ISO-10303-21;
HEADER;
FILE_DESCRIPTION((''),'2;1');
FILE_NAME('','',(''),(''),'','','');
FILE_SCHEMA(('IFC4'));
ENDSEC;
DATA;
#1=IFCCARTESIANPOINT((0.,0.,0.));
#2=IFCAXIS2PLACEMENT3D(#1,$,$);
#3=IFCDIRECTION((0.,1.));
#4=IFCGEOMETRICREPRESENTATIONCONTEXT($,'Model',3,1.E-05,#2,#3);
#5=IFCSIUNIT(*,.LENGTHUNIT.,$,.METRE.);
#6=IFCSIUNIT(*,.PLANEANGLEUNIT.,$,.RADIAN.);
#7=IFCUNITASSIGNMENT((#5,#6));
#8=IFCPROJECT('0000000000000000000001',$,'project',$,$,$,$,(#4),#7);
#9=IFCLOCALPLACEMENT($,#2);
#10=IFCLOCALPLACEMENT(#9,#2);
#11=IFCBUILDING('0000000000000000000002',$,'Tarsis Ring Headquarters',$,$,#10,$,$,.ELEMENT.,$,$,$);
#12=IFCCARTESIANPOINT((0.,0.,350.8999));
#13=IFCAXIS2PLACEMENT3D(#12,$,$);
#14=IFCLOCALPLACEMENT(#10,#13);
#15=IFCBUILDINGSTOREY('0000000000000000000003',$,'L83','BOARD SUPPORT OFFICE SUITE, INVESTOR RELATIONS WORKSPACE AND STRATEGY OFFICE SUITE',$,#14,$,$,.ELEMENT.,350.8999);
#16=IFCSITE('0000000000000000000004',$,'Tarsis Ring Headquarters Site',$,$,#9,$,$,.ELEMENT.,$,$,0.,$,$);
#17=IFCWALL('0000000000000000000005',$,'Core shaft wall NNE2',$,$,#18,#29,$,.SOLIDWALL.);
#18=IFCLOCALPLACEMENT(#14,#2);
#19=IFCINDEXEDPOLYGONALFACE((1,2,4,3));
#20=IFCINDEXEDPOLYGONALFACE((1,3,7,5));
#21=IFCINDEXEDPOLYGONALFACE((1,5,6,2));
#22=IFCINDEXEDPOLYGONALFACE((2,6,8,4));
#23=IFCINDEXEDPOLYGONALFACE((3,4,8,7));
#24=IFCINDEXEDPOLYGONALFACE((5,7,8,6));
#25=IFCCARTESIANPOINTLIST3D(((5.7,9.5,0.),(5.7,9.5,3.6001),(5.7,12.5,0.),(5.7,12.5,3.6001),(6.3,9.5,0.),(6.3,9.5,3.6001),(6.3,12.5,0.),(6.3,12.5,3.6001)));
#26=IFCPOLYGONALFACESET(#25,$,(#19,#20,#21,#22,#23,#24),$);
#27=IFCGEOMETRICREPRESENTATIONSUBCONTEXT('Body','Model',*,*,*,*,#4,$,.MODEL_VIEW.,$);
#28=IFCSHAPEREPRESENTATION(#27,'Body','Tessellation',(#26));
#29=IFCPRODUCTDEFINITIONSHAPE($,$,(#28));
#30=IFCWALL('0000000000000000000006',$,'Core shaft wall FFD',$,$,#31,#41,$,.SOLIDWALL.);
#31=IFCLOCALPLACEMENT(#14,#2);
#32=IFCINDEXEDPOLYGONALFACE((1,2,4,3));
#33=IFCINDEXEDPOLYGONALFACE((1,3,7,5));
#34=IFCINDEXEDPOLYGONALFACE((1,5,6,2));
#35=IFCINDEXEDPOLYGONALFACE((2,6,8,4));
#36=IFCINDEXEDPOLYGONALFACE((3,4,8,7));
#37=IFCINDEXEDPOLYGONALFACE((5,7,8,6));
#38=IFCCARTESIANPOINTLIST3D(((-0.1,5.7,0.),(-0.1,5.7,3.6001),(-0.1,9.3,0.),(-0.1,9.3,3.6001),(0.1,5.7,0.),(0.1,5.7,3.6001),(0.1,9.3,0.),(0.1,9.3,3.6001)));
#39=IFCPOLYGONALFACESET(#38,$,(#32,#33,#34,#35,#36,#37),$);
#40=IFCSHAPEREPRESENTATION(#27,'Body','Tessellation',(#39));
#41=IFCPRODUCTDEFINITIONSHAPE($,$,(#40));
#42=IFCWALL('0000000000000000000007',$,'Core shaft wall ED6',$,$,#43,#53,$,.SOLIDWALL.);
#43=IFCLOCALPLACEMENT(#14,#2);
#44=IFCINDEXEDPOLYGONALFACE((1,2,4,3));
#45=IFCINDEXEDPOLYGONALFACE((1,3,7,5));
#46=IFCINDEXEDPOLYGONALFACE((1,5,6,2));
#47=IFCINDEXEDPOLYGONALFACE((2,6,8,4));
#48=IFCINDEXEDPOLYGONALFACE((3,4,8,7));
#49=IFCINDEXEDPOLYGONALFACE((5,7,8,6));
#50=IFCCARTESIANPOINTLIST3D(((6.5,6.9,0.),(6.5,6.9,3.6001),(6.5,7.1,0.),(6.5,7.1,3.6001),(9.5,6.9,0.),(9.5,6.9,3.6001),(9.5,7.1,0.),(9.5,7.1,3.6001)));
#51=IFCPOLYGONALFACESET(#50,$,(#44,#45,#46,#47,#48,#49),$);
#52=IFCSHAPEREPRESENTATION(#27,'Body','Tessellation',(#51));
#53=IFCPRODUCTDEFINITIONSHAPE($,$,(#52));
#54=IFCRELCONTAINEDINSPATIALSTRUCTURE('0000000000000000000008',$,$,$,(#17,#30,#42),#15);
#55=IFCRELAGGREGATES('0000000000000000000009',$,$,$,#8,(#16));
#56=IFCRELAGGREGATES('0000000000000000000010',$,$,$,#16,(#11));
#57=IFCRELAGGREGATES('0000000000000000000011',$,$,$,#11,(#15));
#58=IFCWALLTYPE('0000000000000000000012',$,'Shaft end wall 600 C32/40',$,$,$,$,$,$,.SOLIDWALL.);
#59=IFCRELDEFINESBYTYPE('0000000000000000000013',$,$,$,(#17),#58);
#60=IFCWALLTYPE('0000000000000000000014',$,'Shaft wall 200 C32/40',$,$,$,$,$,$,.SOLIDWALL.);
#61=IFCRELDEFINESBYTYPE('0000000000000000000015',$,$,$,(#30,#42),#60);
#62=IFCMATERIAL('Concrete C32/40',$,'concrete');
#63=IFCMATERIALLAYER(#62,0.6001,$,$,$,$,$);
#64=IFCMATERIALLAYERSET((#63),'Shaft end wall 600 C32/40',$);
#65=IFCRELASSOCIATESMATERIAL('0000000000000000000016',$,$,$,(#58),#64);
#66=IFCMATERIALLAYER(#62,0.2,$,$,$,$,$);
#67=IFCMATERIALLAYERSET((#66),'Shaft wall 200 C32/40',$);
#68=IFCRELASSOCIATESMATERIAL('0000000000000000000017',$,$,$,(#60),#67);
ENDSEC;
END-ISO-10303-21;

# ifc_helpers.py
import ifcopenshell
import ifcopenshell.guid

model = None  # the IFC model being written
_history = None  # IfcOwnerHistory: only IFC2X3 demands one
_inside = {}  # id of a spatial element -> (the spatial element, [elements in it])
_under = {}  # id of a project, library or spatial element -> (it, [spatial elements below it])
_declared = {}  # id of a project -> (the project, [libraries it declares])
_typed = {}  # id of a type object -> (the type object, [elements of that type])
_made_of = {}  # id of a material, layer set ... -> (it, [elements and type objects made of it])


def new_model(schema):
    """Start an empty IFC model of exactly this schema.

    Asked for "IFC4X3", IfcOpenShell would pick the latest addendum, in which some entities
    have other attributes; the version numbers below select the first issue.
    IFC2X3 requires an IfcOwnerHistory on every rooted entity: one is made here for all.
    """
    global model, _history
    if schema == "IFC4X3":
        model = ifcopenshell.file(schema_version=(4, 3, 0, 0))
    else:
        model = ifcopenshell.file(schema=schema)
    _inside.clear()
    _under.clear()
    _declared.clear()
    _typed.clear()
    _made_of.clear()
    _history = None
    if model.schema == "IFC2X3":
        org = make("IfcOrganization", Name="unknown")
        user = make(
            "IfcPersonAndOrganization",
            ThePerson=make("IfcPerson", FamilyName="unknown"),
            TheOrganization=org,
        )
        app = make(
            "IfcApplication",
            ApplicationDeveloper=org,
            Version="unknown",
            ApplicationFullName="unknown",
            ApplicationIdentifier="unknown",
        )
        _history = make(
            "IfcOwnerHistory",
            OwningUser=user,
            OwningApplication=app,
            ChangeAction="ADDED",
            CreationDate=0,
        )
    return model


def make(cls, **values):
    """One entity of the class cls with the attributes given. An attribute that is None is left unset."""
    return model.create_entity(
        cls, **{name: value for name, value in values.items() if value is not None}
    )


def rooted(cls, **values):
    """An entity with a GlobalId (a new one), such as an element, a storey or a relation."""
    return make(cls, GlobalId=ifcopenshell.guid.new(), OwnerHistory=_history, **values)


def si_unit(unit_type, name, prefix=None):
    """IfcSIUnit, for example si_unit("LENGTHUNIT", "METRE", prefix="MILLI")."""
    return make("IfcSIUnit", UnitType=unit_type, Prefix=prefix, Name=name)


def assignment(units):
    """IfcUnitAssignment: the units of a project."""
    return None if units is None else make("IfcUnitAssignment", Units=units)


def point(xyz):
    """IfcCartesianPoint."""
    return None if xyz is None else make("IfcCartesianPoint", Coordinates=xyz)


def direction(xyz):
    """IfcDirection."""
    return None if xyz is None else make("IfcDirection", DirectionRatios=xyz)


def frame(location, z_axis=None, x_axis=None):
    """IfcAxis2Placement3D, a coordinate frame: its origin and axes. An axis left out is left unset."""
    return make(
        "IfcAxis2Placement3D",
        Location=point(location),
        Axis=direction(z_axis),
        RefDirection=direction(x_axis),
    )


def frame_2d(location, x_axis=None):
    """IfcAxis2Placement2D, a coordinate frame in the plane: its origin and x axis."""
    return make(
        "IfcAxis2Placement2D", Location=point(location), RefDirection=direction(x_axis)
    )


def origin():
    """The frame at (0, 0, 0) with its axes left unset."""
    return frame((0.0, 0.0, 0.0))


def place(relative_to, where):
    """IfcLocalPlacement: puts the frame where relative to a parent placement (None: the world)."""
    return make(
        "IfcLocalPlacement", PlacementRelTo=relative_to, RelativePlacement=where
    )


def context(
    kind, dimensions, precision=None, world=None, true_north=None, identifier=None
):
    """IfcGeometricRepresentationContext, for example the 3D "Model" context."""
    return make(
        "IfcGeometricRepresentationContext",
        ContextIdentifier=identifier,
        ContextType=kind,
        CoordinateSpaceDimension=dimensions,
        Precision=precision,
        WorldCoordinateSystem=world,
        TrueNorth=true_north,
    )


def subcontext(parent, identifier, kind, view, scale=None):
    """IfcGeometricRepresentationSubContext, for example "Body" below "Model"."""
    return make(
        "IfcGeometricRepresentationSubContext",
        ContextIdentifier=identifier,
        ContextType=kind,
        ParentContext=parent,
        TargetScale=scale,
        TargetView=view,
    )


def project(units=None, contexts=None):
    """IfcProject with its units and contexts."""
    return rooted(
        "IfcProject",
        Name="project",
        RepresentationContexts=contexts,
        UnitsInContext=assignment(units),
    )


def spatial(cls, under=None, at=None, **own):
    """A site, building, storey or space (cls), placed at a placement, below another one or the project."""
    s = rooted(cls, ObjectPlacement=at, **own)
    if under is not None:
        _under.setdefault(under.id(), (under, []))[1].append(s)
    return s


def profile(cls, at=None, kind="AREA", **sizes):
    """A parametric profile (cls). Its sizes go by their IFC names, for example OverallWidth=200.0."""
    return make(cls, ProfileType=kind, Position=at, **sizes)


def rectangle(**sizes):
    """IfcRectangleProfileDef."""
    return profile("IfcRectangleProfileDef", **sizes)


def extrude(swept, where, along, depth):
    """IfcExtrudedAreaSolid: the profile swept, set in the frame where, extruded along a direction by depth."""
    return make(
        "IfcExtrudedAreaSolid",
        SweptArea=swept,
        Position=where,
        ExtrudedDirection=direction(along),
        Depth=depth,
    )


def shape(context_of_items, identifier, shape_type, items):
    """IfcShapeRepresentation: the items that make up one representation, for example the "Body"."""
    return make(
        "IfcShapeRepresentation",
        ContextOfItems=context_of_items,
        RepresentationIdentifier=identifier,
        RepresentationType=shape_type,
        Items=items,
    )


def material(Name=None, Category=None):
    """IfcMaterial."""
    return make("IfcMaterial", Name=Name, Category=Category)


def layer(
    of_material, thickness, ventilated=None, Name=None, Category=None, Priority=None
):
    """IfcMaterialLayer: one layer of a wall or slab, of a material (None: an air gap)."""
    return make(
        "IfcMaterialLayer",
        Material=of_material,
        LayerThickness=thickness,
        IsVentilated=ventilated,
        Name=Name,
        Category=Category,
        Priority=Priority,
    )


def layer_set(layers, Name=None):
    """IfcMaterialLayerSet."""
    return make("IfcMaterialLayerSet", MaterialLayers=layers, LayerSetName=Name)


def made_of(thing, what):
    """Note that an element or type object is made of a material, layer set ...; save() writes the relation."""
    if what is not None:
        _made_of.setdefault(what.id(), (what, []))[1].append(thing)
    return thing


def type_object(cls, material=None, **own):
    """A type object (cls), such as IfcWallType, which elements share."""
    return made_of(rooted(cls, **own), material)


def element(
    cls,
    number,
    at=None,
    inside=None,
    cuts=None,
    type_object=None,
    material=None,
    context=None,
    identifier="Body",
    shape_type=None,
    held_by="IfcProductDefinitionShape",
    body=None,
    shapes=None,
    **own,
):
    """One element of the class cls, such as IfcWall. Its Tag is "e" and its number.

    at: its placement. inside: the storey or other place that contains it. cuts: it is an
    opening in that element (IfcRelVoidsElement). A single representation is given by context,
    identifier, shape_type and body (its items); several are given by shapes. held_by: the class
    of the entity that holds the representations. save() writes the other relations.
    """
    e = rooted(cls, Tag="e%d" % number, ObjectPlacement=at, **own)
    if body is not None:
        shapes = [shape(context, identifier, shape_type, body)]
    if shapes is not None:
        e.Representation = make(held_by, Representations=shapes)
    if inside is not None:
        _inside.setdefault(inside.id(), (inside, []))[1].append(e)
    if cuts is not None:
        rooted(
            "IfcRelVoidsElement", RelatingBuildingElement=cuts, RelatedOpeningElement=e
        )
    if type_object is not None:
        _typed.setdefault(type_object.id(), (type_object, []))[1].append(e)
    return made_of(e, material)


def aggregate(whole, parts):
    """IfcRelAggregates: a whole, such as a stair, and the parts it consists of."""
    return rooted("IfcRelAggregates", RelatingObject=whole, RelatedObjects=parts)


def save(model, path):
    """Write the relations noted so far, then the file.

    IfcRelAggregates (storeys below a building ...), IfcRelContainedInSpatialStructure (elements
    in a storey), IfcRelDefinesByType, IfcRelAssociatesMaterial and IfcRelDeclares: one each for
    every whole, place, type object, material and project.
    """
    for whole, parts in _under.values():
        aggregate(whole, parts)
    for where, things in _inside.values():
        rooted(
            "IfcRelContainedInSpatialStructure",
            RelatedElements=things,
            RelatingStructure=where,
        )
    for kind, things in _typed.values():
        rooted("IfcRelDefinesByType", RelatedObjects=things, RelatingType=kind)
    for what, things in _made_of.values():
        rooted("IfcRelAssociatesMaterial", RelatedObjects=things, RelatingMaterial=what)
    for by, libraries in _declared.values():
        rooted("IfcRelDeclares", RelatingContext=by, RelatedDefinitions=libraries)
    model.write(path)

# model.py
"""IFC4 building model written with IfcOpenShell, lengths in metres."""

from ifc_helpers import new_model, si_unit, direction, frame, frame_2d, origin, place, context, subcontext, project, spatial, rectangle, extrude, material, layer, layer_set, type_object, element, save


model = new_model("IFC4")

# Units and contexts
model_context = context("Model", 3, precision=1e-05, world=origin(), true_north=direction((0.0, 1.0)))
body_context = subcontext(model_context, "Body", "Model", "MODEL_VIEW")
ifc_project = project(units=[si_unit("LENGTHUNIT", "METRE"), si_unit("PLANEANGLEUNIT", "RADIAN")], contexts=[model_context])

# Site, building, storey
site_placement = place(None, origin())
site = spatial("IfcSite", under=ifc_project, at=site_placement, Name="Tarsis Ring Headquarters Site", CompositionType="ELEMENT", RefElevation=0.0)
building_placement = place(site_placement, origin())
building = spatial("IfcBuilding", under=site, at=building_placement, Name="Tarsis Ring Headquarters", CompositionType="ELEMENT")
storey_placement = place(building_placement, frame((0.0, 0.0, 350.8999)))
storey = spatial("IfcBuildingStorey", under=building, at=storey_placement, Name="L83", Description="BOARD SUPPORT OFFICE SUITE, INVESTOR RELATIONS WORKSPACE AND STRATEGY OFFICE SUITE", CompositionType="ELEMENT", Elevation=350.8999)

# Walls
ifc_material_1 = material(Name="Concrete C32/40", Category="concrete")
ifc_layer_1 = layer(ifc_material_1, 0.6001)
ifc_layer_set_1 = layer_set([ifc_layer_1], Name="Shaft end wall 600 C32/40")
wall_type_1 = type_object("IfcWallType", Name="Shaft end wall 600 C32/40", PredefinedType="SOLIDWALL", material=ifc_layer_set_1)
wall_1_placement = place(storey_placement, frame((6.0, 9.5, 0.0), z_axis=(0.0, 0.0, 1.0), x_axis=(0.0, 1.0, 0.0)))
element("IfcWall", 1, at=wall_1_placement, inside=storey, type_object=wall_type_1, Name="Core shaft wall NNE2", PredefinedType="SOLIDWALL", context=body_context, shape_type="SweptSolid", body=[
    extrude(rectangle(XDim=3.0, YDim=0.6001, at=frame_2d((1.5, 0.0))), origin(), (0.0, 0.0, 1.0), 3.6001),
])
ifc_layer_2 = layer(ifc_material_1, 0.2)
ifc_layer_set_2 = layer_set([ifc_layer_2], Name="Shaft wall 200 C32/40")
wall_type_2 = type_object("IfcWallType", Name="Shaft wall 200 C32/40", PredefinedType="SOLIDWALL", material=ifc_layer_set_2)
wall_2_placement = place(storey_placement, frame((0.0, 5.7, 0.0), z_axis=(0.0, 0.0, 1.0), x_axis=(0.0, 1.0, 0.0)))
element("IfcWall", 2, at=wall_2_placement, inside=storey, type_object=wall_type_2, Name="Core shaft wall FFD", PredefinedType="SOLIDWALL", context=body_context, shape_type="SweptSolid", body=[
    extrude(rectangle(XDim=3.6001, YDim=0.2, at=frame_2d((1.8, 0.0))), origin(), (0.0, 0.0, 1.0), 3.6001),
])
wall_3_placement = place(storey_placement, frame((6.5, 7.0, 0.0), z_axis=(0.0, 0.0, 1.0), x_axis=(1.0, 0.0, 0.0)))
element("IfcWall", 3, at=wall_3_placement, inside=storey, type_object=wall_type_2, Name="Core shaft wall ED6", PredefinedType="SOLIDWALL", context=body_context, shape_type="SweptSolid", body=[
    extrude(rectangle(XDim=3.0, YDim=0.2, at=frame_2d((1.5, 0.0))), origin(), (0.0, 0.0, 1.0), 3.6001),
])

save(model, "model.ifc")
